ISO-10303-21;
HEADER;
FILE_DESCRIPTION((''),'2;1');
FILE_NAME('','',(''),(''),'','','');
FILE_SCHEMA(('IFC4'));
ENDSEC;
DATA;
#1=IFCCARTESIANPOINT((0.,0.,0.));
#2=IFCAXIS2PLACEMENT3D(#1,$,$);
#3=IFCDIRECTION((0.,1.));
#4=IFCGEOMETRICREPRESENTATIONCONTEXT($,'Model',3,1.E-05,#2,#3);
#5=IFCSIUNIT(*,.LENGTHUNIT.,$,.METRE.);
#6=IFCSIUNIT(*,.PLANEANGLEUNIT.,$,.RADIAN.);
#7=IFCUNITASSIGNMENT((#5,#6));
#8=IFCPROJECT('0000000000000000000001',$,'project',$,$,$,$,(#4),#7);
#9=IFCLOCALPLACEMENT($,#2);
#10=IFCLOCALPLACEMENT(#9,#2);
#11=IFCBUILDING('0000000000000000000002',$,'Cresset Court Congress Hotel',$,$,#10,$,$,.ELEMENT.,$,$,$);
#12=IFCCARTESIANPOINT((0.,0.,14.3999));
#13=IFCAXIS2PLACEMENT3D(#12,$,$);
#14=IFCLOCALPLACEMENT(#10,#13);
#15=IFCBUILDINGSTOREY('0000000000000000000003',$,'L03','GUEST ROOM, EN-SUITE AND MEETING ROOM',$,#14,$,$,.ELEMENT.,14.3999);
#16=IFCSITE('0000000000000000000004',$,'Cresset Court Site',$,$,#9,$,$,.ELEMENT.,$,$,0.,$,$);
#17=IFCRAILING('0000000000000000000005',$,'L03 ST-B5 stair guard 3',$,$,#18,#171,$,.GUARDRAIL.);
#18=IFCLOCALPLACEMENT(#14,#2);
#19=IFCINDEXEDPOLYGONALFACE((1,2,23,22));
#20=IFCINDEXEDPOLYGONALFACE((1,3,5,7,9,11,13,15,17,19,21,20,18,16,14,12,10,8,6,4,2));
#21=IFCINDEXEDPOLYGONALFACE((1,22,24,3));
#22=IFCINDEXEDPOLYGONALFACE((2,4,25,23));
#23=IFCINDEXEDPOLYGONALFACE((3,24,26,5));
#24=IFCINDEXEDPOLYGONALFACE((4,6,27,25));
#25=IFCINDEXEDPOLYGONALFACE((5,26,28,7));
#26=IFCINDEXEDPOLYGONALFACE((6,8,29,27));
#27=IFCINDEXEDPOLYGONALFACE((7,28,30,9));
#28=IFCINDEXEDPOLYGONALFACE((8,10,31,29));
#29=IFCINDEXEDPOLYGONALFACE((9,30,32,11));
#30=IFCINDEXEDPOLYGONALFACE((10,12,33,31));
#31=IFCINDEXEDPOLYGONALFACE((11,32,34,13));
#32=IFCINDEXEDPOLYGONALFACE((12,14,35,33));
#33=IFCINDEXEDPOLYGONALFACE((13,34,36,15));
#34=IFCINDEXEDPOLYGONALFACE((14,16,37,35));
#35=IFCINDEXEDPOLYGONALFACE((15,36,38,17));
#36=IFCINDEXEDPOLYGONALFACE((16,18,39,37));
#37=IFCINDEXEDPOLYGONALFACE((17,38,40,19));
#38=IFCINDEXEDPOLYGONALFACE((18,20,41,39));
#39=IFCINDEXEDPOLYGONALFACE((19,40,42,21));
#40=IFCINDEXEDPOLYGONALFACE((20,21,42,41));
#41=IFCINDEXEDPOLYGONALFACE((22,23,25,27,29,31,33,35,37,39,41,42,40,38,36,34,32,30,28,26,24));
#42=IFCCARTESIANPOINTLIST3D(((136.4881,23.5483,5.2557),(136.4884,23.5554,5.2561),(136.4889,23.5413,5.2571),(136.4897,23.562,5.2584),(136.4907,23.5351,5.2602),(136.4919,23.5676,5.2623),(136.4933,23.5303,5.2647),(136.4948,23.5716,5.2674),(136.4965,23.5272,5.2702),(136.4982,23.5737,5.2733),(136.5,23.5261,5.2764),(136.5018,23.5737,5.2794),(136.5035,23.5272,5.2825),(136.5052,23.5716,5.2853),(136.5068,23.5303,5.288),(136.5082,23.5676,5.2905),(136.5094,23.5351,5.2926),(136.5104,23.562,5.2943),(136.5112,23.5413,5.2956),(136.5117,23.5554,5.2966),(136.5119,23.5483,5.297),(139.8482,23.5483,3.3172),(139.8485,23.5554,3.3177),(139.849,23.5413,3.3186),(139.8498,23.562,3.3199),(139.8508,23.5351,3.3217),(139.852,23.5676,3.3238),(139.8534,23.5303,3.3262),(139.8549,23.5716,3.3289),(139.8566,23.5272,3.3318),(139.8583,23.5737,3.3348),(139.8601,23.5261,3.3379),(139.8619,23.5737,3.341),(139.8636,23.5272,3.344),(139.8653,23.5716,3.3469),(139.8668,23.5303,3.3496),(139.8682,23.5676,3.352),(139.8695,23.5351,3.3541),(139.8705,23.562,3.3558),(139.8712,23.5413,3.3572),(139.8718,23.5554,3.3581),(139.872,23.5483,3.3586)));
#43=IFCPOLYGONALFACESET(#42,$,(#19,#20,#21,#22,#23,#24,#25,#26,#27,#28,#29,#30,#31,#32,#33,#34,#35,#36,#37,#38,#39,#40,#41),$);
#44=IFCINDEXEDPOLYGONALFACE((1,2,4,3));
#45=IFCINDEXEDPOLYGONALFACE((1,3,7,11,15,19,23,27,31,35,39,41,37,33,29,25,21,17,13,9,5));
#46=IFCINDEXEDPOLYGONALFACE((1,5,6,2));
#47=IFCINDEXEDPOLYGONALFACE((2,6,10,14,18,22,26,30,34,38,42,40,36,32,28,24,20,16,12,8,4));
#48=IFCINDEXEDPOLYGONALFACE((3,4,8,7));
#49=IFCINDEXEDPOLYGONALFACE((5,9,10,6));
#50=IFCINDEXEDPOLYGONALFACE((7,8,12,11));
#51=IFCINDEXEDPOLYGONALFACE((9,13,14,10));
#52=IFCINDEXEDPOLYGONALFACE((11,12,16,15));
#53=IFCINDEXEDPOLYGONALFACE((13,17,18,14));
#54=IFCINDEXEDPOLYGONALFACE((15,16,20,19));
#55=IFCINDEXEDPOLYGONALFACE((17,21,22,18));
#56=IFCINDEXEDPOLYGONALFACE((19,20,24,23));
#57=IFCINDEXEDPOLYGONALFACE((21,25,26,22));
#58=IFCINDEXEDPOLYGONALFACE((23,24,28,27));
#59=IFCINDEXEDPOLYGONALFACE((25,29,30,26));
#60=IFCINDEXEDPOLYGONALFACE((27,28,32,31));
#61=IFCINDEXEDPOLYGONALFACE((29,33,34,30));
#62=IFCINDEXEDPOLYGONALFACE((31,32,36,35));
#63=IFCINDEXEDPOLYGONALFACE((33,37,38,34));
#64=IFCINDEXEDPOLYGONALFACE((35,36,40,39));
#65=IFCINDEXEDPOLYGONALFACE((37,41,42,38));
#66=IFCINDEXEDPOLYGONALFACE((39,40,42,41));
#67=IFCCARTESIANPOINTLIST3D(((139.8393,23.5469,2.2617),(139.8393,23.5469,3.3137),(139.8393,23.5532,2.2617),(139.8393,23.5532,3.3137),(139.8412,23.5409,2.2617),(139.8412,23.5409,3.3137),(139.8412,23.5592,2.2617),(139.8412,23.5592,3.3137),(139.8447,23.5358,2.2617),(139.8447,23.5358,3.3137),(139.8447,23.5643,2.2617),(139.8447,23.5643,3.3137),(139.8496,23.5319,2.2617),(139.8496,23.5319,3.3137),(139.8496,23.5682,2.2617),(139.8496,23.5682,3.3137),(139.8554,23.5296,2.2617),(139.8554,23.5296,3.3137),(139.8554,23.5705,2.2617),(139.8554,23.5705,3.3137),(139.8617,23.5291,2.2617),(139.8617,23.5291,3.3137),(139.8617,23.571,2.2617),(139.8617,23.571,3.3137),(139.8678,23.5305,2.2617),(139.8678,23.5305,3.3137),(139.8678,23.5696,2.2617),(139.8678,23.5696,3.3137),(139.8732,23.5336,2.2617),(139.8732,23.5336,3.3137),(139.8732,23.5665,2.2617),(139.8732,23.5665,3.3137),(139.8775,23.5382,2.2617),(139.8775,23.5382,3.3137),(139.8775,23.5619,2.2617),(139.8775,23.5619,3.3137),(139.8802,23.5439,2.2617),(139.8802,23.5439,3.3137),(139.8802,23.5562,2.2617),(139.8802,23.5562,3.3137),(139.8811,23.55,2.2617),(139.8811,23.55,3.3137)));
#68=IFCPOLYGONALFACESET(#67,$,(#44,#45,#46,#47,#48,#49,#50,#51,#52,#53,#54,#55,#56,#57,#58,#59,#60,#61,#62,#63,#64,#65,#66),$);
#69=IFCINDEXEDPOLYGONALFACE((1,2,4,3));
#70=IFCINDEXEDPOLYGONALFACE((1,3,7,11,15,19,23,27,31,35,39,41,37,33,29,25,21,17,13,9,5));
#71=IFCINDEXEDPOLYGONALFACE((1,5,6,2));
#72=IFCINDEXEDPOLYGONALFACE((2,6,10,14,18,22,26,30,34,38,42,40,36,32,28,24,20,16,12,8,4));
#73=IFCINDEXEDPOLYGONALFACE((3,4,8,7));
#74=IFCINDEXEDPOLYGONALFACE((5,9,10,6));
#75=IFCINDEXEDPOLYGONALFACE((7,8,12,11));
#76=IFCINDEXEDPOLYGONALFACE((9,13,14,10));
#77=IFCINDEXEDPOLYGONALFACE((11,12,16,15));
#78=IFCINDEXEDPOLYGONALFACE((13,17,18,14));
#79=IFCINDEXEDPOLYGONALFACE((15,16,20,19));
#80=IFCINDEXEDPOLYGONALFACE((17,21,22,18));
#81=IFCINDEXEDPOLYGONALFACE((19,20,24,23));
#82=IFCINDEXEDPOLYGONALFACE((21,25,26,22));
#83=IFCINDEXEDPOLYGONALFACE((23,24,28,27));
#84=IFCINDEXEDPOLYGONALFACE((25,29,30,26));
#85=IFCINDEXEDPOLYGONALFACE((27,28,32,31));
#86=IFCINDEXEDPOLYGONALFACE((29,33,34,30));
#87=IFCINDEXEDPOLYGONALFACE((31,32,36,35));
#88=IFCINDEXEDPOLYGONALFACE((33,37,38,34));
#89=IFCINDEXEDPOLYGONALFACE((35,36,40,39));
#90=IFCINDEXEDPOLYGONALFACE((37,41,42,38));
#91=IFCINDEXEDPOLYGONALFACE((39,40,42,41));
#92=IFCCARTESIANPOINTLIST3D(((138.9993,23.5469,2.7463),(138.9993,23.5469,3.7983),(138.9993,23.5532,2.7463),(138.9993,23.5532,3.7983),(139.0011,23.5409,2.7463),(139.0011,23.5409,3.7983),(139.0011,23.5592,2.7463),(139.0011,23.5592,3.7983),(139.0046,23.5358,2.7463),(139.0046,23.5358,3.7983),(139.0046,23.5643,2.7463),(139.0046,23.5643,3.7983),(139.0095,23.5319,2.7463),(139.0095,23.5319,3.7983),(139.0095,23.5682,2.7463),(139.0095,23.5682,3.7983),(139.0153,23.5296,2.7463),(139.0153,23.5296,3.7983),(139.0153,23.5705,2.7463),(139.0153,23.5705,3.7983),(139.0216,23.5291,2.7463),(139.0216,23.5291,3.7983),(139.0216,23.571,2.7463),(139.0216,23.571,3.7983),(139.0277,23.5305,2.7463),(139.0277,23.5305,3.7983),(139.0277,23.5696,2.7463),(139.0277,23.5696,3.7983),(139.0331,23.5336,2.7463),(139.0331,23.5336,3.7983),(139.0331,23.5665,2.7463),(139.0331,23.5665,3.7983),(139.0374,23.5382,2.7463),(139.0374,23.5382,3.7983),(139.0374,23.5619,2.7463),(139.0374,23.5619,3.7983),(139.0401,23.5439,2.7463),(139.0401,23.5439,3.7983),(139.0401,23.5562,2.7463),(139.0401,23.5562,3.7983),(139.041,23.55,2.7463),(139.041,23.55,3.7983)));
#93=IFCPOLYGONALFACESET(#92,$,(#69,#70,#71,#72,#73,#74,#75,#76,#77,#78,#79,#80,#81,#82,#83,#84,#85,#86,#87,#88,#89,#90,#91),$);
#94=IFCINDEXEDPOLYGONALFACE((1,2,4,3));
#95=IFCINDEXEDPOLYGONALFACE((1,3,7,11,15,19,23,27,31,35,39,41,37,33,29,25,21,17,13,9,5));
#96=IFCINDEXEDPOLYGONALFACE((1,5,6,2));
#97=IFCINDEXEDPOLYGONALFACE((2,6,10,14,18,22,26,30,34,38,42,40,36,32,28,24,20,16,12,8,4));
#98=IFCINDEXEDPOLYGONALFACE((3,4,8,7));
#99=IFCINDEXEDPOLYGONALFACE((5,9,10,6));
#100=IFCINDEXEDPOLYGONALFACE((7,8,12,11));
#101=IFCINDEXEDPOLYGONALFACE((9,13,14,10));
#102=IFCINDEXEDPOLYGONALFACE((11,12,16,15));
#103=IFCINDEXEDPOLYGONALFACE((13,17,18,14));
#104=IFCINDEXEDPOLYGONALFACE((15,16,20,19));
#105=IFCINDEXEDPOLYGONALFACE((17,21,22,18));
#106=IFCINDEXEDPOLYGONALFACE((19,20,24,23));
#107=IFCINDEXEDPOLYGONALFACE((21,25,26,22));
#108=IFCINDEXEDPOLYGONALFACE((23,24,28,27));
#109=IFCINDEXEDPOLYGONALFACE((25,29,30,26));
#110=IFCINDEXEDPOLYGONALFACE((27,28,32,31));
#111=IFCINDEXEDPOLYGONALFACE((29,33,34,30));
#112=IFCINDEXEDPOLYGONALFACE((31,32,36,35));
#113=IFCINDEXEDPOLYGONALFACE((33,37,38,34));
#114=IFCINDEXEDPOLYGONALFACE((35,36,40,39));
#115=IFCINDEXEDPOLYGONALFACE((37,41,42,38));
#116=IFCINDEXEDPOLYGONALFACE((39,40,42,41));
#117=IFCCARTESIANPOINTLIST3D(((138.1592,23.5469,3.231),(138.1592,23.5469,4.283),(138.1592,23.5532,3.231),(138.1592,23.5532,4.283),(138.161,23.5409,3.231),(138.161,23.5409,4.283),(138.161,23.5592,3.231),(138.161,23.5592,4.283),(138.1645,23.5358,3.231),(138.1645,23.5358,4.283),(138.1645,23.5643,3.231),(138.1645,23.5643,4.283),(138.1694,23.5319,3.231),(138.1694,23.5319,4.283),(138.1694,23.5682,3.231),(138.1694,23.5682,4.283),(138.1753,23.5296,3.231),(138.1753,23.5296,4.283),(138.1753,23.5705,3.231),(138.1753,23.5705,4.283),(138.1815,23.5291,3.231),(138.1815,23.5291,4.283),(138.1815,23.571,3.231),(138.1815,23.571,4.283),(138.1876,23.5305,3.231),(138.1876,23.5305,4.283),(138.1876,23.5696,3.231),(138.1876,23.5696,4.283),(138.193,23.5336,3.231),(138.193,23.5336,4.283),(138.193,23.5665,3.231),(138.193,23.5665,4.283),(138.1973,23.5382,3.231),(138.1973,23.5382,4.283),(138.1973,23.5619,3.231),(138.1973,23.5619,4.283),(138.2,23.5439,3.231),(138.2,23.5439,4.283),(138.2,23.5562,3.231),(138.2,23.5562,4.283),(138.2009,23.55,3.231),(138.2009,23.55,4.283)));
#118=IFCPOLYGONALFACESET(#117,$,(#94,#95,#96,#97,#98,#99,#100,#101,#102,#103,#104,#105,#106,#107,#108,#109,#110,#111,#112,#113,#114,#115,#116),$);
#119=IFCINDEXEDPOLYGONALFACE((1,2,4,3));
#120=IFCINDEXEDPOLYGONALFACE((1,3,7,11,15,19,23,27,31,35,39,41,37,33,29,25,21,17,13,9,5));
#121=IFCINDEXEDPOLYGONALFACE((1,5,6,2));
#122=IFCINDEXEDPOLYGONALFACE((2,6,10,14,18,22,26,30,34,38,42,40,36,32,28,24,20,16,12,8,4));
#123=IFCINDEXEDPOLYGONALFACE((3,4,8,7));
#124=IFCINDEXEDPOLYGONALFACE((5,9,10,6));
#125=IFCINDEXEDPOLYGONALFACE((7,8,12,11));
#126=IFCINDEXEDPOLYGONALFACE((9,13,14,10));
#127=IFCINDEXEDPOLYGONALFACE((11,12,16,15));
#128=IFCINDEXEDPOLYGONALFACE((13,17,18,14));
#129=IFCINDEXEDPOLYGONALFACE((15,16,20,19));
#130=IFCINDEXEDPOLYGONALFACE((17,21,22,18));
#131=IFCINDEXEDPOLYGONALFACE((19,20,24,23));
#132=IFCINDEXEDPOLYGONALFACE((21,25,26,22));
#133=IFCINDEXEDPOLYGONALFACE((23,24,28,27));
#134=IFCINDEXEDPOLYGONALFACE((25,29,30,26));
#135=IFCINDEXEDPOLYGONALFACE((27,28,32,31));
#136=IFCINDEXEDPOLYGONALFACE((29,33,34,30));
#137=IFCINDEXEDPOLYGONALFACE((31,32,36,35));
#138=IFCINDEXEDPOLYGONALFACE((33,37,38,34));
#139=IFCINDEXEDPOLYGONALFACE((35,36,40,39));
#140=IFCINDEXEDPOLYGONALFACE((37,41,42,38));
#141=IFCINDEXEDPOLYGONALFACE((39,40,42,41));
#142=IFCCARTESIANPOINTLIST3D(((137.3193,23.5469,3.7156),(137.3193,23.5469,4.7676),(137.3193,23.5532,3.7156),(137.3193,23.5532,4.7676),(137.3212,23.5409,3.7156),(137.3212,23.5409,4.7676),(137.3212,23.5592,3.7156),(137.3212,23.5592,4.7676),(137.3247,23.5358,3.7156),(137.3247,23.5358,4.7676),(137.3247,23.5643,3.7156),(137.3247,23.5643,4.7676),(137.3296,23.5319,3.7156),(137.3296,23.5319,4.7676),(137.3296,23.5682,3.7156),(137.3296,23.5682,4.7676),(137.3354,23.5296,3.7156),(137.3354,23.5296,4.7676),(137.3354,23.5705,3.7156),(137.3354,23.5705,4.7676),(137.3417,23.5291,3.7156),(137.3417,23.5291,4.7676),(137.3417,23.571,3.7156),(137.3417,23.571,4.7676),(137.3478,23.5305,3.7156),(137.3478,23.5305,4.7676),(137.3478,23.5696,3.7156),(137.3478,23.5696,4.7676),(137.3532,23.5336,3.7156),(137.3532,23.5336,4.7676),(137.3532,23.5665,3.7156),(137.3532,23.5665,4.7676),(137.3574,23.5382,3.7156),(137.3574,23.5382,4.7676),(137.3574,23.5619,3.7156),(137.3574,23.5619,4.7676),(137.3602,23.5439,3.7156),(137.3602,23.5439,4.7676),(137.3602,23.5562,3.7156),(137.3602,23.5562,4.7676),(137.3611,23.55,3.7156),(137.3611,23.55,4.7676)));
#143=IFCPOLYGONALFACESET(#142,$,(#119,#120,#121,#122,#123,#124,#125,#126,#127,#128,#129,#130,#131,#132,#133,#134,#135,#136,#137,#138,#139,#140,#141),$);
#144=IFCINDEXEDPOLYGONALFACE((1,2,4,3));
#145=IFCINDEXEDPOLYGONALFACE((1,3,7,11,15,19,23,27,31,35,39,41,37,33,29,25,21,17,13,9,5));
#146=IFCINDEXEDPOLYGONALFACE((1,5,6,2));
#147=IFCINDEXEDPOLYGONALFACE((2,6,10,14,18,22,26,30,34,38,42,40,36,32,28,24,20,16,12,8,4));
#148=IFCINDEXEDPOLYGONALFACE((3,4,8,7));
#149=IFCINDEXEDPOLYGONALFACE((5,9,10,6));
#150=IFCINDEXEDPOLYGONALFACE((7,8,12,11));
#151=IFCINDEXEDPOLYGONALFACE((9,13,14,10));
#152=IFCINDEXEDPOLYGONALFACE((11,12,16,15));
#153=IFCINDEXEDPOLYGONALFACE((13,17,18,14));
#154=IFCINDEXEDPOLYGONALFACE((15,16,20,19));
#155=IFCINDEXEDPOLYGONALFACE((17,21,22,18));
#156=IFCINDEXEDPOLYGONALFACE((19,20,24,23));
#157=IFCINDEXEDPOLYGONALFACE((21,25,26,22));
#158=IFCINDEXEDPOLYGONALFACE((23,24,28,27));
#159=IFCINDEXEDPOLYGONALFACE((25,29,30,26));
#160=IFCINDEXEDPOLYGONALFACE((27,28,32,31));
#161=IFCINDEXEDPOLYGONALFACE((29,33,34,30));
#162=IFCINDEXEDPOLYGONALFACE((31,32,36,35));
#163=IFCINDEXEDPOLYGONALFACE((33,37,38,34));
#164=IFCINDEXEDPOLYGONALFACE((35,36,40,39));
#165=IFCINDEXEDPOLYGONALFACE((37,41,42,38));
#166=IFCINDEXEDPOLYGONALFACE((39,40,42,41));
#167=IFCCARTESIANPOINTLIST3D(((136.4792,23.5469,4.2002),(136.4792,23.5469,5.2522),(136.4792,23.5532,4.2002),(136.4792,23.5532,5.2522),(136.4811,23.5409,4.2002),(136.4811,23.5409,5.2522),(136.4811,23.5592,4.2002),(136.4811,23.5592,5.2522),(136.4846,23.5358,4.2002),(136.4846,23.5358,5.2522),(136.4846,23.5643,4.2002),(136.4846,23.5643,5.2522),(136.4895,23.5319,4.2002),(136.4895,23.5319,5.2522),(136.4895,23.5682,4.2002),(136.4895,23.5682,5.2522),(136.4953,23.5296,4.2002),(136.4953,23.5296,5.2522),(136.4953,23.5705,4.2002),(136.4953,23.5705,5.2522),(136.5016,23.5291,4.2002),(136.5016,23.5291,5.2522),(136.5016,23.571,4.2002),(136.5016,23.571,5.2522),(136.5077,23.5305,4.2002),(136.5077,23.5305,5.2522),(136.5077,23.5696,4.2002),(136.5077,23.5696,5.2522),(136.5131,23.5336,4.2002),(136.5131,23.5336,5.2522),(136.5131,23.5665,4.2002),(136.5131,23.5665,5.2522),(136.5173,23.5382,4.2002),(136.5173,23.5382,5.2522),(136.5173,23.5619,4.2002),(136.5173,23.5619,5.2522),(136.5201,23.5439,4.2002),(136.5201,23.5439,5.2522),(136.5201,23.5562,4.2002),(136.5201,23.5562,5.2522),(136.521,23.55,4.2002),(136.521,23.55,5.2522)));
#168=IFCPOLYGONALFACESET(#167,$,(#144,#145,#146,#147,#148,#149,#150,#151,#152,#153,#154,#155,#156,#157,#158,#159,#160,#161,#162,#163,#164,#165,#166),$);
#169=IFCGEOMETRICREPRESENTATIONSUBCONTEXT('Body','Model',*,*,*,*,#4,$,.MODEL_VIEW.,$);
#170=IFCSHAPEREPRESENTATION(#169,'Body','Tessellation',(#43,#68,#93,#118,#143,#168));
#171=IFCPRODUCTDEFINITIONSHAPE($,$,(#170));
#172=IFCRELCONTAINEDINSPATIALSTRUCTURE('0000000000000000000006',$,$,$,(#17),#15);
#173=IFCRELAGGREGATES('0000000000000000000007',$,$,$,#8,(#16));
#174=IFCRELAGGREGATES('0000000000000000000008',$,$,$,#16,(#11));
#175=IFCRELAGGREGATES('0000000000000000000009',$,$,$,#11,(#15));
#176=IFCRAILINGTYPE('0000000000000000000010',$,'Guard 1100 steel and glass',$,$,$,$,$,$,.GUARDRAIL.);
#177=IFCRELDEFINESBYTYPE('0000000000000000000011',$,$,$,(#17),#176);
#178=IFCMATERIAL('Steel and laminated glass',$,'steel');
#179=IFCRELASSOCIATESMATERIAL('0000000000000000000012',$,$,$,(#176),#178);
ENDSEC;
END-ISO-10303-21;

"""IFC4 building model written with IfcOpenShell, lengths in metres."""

from ifc_helpers import new_model, si_unit, direction, frame, origin, origin_2d, place, context, subcontext, project, spatial, circle, extrude, material, type_object, element, save


model = new_model("IFC4")

# Units and contexts
model_context = context("Model", 3, precision=1e-05, world=origin(), true_north=direction((0.0, 1.0)))
body_context = subcontext(model_context, "Body", "Model", "MODEL_VIEW")
ifc_project = project(units=[si_unit("LENGTHUNIT", "METRE"), si_unit("PLANEANGLEUNIT", "RADIAN")], contexts=[model_context])

# Site, building, storey
site_placement = place(None, origin())
site = spatial("IfcSite", under=ifc_project, at=site_placement, Name="Cresset Court Site", CompositionType="ELEMENT", RefElevation=0.0)
building_placement = place(site_placement, origin())
building = spatial("IfcBuilding", under=site, at=building_placement, Name="Cresset Court Congress Hotel", CompositionType="ELEMENT")
storey_placement = place(building_placement, frame((0.0, 0.0, 14.3999)))
storey = spatial("IfcBuildingStorey", under=building, at=storey_placement, Name="L03", Description="GUEST ROOM, EN-SUITE AND MEETING ROOM", CompositionType="ELEMENT", Elevation=14.3999)

# Railing
ifc_material_1 = material(Name="Steel and laminated glass", Category="steel")
railing_type_1 = type_object("IfcRailingType", Name="Guard 1100 steel and glass", PredefinedType="GUARDRAIL", material=ifc_material_1)
railing_1_placement = place(storey_placement, frame((139.8601, 23.55, 2.2617)))
element("IfcRailing", 1, at=railing_1_placement, inside=storey, type_object=railing_type_1, Name="L03 ST-B5 stair guard 3", PredefinedType="GUARDRAIL", context=body_context, shape_type="SweptSolid", body=[
    extrude(circle(Radius=0.0239, at=origin_2d()), frame((0.0, 0.0, 1.0762), z_axis=(-0.866191, 0.0, 0.499713), x_axis=(0.0, -1.0, 0.0)), (0.0, 0.0, 1.0), 3.8792),
    extrude(circle(Radius=0.021, at=origin_2d()), origin(), (0.0, 0.0, 1.0), 1.052),
    extrude(circle(Radius=0.021, at=origin_2d()), frame((-0.8401, 0.0, 0.4846)), (0.0, 0.0, 1.0), 1.052),
    extrude(circle(Radius=0.021, at=origin_2d()), frame((-1.6802, 0.0, 0.9692)), (0.0, 0.0, 1.0), 1.052),
    extrude(circle(Radius=0.021, at=origin_2d()), frame((-2.52, 0.0, 1.4539)), (0.0, 0.0, 1.0), 1.052),
    extrude(circle(Radius=0.021, at=origin_2d()), frame((-3.3601, 0.0, 1.9385)), (0.0, 0.0, 1.0), 1.052),
])

save(model, "model.ifc")
